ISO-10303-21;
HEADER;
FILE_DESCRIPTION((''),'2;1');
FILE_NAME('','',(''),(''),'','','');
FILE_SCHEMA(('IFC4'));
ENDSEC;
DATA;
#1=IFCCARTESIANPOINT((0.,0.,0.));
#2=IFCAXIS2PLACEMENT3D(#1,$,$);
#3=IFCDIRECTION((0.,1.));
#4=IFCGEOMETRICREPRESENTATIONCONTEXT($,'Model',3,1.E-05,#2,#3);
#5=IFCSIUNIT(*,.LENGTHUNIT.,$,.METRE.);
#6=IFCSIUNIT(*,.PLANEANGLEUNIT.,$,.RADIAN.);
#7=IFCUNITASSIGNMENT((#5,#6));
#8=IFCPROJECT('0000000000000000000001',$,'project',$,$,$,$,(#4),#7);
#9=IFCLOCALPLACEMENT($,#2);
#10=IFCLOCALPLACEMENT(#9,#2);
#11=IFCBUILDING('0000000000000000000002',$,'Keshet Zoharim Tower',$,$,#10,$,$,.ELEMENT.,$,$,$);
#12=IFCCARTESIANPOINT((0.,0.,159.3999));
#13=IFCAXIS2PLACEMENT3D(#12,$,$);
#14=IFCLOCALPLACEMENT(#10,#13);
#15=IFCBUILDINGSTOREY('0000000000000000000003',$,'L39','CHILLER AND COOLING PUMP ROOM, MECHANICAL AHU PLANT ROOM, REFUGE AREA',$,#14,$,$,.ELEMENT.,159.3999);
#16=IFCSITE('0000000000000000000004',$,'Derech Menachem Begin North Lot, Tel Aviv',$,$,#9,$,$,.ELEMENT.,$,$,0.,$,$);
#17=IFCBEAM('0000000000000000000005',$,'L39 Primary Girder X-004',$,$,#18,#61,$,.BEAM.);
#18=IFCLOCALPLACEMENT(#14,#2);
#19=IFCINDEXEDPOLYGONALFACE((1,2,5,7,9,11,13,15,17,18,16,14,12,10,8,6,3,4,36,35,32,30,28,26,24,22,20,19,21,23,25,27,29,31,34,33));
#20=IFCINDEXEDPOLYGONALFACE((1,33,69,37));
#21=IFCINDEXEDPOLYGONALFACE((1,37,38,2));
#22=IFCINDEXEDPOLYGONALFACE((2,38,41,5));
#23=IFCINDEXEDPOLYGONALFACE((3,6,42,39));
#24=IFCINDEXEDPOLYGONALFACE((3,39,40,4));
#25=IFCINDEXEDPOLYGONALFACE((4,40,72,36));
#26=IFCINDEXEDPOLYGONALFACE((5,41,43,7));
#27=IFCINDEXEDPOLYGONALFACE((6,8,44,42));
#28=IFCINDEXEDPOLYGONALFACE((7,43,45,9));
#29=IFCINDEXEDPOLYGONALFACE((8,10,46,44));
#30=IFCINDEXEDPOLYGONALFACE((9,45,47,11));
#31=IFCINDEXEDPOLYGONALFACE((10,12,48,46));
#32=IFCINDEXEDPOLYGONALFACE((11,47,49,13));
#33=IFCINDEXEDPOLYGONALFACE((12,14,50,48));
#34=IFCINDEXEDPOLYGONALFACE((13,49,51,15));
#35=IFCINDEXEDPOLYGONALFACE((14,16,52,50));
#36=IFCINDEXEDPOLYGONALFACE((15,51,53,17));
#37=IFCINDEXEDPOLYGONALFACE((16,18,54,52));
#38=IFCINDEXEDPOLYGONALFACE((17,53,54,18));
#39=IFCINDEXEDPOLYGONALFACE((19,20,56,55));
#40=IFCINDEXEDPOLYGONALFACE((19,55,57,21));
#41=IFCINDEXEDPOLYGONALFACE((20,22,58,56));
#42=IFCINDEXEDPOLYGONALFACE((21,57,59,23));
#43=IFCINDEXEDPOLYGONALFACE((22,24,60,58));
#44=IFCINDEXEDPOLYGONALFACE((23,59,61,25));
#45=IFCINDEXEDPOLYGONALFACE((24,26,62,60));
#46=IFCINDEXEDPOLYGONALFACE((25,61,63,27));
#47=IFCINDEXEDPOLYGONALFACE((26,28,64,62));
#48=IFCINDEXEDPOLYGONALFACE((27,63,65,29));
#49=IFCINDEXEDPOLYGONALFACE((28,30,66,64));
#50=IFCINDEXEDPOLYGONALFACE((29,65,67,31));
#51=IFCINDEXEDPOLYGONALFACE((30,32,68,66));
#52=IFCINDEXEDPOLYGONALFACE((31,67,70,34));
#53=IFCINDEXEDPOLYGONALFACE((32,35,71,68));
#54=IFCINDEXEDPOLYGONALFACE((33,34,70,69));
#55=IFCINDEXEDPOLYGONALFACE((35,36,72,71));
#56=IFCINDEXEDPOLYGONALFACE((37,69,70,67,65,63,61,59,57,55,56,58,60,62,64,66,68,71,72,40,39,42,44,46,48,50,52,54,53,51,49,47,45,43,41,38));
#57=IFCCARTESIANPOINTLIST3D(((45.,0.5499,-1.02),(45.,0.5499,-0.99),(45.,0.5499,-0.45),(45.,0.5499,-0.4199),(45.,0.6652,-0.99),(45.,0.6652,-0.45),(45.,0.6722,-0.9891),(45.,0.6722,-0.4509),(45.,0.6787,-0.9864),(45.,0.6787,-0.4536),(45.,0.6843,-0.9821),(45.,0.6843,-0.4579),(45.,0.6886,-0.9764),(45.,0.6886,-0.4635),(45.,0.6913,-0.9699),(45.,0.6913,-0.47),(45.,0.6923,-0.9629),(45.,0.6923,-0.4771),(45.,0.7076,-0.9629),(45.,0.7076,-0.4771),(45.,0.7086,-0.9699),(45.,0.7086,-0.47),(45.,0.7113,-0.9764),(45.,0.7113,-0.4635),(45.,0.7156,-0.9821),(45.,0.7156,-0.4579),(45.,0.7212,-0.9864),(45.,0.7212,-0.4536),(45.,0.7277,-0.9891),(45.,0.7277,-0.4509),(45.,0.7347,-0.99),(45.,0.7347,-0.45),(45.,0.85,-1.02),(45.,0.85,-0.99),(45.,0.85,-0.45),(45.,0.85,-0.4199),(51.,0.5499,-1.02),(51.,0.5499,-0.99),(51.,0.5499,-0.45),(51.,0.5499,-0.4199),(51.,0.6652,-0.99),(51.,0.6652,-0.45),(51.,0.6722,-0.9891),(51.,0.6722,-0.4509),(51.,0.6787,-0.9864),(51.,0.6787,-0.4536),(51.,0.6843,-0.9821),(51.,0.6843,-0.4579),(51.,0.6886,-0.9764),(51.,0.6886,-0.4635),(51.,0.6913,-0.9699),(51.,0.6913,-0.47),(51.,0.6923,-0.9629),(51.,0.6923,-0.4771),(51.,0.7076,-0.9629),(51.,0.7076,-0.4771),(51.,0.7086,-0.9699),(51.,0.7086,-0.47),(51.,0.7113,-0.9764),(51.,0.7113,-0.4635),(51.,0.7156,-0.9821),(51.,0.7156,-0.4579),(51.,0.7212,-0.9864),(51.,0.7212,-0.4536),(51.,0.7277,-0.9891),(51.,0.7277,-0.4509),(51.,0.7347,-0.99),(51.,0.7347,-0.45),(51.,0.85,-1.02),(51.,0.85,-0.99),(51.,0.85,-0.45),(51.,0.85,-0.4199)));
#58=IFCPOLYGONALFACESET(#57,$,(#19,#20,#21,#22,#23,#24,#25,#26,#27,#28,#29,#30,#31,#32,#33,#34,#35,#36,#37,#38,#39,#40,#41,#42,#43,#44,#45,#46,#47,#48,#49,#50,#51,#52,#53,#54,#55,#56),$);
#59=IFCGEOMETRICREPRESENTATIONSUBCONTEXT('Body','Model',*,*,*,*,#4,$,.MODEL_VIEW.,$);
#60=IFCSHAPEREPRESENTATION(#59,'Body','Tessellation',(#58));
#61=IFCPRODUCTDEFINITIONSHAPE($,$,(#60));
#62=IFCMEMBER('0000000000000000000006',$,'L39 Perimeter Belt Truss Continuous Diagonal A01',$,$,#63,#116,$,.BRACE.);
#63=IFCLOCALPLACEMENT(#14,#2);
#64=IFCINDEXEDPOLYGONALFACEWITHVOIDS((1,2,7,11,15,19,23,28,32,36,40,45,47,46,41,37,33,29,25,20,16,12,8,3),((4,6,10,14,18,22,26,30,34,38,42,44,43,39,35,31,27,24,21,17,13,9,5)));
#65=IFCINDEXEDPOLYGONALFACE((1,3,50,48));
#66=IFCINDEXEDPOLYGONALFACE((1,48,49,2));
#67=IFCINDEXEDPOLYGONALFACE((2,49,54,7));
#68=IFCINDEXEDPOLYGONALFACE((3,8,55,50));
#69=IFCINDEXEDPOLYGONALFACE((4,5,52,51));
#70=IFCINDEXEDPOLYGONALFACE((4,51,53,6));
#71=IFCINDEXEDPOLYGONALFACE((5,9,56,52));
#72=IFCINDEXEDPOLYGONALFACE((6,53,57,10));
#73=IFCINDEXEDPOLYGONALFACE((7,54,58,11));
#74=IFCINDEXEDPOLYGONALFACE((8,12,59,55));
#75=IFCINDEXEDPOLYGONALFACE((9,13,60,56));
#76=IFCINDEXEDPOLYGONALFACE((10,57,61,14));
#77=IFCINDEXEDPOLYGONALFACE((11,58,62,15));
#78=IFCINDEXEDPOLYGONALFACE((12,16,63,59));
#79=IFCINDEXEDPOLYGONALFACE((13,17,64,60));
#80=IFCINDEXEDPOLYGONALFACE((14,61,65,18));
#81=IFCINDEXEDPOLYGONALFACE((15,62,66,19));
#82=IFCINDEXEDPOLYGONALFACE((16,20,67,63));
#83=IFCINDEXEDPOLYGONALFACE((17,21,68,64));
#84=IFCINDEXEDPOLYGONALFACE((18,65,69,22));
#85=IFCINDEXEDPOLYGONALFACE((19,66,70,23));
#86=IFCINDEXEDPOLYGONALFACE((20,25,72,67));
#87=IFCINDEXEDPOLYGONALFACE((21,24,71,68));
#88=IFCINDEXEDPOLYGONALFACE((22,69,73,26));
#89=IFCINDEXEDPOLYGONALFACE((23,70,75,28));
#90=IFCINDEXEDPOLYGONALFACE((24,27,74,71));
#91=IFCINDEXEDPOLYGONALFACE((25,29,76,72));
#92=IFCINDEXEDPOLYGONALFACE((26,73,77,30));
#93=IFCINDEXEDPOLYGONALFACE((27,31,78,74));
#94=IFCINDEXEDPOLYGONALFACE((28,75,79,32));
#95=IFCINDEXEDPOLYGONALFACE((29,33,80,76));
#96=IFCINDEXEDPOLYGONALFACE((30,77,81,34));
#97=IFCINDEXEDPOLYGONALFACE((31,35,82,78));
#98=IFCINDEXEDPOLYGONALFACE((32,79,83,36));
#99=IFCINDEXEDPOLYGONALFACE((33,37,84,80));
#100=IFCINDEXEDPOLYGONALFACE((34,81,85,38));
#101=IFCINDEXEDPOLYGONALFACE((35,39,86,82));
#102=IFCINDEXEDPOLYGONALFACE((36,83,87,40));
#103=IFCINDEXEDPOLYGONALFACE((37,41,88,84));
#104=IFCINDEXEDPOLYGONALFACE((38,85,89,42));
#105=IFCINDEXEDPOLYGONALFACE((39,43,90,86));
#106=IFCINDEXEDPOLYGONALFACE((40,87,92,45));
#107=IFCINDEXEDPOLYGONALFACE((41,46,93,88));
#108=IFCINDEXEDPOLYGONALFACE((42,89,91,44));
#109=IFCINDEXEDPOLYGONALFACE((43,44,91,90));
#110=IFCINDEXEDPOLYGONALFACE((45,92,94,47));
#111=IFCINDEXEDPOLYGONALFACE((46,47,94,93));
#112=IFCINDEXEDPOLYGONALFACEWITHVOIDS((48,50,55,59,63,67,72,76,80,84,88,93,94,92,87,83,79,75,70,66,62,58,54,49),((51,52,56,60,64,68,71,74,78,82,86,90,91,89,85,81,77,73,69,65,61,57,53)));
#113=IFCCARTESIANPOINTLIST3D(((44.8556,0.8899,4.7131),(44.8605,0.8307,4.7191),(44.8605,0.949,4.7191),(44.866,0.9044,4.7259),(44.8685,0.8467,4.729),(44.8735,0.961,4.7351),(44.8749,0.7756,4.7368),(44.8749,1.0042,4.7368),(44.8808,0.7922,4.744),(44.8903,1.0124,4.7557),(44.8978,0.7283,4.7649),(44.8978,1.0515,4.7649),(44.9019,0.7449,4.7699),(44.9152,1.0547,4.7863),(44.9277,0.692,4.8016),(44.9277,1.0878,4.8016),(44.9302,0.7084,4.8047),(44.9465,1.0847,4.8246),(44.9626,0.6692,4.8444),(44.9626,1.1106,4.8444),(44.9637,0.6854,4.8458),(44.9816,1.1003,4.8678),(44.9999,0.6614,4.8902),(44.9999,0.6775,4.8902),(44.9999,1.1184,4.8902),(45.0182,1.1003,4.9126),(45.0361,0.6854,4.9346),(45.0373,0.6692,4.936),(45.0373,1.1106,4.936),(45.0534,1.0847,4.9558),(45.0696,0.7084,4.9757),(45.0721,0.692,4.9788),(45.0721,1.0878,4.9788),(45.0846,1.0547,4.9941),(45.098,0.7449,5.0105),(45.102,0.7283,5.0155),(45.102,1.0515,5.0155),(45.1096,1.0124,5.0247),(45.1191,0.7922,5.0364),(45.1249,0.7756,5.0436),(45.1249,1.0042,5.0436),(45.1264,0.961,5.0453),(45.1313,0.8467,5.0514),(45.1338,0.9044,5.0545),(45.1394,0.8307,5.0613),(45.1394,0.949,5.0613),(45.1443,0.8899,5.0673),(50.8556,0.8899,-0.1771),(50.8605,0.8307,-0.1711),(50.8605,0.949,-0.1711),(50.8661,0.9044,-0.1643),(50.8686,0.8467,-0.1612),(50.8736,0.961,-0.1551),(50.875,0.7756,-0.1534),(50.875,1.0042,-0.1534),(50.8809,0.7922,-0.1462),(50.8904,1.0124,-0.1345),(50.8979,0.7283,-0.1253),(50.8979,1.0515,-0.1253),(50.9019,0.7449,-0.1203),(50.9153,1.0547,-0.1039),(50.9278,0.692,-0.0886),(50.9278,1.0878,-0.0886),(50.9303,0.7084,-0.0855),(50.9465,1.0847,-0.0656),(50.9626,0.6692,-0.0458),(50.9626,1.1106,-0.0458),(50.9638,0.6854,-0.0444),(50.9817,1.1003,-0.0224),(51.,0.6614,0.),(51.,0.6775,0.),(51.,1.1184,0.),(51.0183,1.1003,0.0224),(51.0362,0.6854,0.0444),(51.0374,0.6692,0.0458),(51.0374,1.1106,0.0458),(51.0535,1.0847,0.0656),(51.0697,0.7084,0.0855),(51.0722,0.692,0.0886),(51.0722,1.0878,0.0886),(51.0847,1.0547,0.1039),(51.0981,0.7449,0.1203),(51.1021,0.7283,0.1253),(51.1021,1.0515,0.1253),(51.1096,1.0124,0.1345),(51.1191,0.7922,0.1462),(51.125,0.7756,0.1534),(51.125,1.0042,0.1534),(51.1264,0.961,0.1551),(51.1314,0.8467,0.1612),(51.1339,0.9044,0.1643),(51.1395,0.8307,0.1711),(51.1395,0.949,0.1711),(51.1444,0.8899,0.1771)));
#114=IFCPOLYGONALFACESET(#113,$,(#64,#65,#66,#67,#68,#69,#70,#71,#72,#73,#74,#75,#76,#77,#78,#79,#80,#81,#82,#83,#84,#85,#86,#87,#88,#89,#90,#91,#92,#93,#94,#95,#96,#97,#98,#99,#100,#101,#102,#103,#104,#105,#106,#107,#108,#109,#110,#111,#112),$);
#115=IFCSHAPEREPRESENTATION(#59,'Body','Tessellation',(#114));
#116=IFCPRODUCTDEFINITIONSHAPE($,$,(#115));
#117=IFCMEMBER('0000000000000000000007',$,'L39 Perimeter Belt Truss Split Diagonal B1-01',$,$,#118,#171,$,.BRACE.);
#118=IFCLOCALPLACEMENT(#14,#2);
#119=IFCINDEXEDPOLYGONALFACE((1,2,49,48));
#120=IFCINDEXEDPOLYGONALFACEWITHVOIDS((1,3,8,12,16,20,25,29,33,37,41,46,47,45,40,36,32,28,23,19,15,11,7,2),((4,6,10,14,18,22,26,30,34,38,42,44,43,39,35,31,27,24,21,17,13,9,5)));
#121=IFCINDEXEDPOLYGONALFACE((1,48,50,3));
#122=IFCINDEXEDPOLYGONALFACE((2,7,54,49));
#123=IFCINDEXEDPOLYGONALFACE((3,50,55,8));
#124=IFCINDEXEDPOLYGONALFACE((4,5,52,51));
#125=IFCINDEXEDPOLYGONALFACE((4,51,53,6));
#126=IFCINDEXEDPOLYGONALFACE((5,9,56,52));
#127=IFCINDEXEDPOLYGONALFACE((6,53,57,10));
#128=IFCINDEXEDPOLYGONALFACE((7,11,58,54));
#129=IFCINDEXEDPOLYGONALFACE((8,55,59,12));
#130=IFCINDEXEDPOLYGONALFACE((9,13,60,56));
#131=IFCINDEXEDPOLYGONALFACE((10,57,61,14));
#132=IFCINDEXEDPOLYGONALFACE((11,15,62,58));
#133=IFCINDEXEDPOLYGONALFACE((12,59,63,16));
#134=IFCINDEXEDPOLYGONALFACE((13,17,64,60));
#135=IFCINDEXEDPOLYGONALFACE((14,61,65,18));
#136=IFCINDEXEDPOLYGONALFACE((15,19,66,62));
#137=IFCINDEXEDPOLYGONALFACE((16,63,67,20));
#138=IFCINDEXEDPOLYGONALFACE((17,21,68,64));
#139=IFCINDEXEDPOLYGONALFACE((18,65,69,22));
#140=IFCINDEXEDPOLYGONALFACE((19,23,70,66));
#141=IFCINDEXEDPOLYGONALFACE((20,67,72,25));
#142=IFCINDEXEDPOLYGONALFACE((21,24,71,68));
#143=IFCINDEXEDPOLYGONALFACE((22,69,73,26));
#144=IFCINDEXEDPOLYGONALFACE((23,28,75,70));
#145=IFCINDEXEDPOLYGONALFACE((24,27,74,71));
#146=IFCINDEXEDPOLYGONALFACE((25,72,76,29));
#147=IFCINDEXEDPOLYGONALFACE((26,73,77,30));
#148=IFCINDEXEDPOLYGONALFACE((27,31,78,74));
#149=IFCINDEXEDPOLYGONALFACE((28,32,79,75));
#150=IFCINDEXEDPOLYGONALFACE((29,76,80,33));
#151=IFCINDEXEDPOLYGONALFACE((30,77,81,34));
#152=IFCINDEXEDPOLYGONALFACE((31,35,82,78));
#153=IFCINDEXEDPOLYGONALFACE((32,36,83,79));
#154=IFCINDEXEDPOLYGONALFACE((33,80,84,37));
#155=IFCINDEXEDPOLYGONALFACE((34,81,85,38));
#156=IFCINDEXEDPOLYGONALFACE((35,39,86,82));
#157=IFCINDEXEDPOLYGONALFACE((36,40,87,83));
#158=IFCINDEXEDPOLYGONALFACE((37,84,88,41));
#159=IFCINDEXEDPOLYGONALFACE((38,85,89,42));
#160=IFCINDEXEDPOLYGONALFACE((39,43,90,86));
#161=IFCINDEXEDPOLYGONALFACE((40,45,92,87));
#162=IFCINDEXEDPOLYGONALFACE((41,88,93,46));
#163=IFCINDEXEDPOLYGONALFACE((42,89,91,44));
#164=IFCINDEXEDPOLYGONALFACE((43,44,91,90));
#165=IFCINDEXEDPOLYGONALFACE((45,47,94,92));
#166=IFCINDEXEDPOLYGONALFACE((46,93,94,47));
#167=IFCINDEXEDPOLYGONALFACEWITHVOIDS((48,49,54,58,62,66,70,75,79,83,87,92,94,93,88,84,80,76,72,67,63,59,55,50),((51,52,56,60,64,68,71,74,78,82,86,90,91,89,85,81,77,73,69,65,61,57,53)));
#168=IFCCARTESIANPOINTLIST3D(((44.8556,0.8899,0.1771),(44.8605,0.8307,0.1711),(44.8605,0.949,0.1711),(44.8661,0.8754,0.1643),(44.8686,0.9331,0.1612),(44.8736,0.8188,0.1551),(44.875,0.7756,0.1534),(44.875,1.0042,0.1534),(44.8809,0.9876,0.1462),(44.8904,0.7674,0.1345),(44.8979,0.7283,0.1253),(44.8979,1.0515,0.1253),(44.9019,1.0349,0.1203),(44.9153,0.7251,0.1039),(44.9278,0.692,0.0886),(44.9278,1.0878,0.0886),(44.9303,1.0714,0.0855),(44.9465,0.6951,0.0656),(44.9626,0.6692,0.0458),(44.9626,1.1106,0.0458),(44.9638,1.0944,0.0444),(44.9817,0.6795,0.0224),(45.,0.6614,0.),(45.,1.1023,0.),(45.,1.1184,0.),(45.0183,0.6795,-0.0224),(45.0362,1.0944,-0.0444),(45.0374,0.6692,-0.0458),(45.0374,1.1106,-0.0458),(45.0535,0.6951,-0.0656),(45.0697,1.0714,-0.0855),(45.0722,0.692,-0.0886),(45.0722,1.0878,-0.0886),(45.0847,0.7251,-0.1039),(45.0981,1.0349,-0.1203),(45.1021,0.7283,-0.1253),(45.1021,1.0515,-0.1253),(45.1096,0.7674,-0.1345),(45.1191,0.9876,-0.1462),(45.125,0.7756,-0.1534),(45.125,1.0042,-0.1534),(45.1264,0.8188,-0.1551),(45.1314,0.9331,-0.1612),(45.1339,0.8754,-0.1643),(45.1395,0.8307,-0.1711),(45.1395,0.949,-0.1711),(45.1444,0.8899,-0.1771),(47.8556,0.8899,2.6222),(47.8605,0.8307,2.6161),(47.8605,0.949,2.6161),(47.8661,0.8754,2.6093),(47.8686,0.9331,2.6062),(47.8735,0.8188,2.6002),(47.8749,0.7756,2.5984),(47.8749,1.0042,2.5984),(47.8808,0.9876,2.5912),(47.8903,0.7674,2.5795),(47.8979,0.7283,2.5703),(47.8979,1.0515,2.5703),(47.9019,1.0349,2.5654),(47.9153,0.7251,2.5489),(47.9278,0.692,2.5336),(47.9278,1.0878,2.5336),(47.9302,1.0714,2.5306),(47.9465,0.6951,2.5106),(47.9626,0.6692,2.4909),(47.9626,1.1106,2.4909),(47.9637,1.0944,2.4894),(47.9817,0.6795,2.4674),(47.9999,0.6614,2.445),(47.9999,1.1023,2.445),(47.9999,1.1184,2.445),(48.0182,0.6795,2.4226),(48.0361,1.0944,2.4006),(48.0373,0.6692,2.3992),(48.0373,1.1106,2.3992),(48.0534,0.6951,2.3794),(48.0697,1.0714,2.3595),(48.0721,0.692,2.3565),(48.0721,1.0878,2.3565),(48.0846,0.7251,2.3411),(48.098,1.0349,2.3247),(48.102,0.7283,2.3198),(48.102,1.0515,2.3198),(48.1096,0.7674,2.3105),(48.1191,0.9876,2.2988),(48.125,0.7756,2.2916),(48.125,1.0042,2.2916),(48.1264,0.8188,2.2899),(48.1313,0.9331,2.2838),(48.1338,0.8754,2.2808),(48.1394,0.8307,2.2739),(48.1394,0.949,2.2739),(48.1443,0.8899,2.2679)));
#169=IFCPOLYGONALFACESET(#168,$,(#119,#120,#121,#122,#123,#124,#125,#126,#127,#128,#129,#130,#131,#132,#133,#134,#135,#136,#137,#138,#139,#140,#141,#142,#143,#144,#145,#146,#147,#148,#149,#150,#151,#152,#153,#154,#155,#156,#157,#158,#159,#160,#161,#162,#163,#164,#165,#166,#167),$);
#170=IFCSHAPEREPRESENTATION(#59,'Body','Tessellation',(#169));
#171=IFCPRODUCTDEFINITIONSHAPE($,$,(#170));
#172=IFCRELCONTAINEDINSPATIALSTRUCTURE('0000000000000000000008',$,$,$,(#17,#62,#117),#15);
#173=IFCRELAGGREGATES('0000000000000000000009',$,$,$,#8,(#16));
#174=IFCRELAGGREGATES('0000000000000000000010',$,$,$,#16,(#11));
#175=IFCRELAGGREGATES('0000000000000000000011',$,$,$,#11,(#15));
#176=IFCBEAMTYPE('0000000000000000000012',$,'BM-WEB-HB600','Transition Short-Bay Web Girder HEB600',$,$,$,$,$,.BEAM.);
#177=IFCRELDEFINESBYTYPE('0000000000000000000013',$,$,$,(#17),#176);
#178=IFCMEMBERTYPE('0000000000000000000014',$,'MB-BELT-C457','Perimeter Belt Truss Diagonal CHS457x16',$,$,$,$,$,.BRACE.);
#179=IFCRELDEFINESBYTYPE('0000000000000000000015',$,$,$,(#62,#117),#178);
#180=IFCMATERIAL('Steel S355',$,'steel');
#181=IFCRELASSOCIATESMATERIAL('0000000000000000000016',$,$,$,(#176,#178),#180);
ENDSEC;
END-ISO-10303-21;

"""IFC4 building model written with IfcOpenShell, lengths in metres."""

from ifc_helpers import new_model, si_unit, direction, frame, origin, origin_2d, place, context, subcontext, project, spatial, hollow_circle, i_section, extrude, material, material_profile, profile_set, type_object, element, save


model = new_model("IFC4")

# Units and contexts
model_context = context("Model", 3, precision=1e-05, world=origin(), true_north=direction((0.0, 1.0)))
body_context = subcontext(model_context, "Body", "Model", "MODEL_VIEW")
ifc_project = project(units=[si_unit("LENGTHUNIT", "METRE"), si_unit("PLANEANGLEUNIT", "RADIAN")], contexts=[model_context])

# Site, building, storey
site_placement = place(None, origin())
site = spatial("IfcSite", under=ifc_project, at=site_placement, Name="Derech Menachem Begin North Lot, Tel Aviv", CompositionType="ELEMENT", RefElevation=0.0)
building_placement = place(site_placement, origin())
building = spatial("IfcBuilding", under=site, at=building_placement, Name="Keshet Zoharim Tower", CompositionType="ELEMENT")
storey_placement = place(building_placement, frame((0.0, 0.0, 159.3999)))
storey = spatial("IfcBuildingStorey", under=building, at=storey_placement, Name="L39", Description="CHILLER AND COOLING PUMP ROOM, MECHANICAL AHU PLANT ROOM, REFUGE AREA", CompositionType="ELEMENT", Elevation=159.3999)

# Shared definitions
ifc_material_1 = material(Name="Steel S355", Category="steel")

# Beam
ifc_material_profile_1 = material_profile(ifc_material_1, i_section(OverallWidth=0.3, OverallDepth=0.6001, WebThickness=0.0154, FlangeThickness=0.03, FilletRadius=0.0271, at=origin_2d()), Name="HEB600")
ifc_profile_set_1 = profile_set([ifc_material_profile_1], Name="Steel S355")
beam_type_1 = type_object("IfcBeamType", Name="BM-WEB-HB600", Description="Transition Short-Bay Web Girder HEB600", PredefinedType="BEAM", material=ifc_profile_set_1)
beam_1_placement = place(storey_placement, frame((45.0, 0.7, -0.72), z_axis=(1.0, 0.0, 0.0), x_axis=(0.0, 1.0, 0.0)))
element("IfcBeam", 1, at=beam_1_placement, inside=storey, type_object=beam_type_1, Name="L39 Primary Girder X-004", PredefinedType="BEAM", context=body_context, shape_type="SweptSolid", body=[
    extrude(i_section(OverallWidth=0.3, OverallDepth=0.6001, WebThickness=0.0154, FlangeThickness=0.03, FilletRadius=0.0271, at=origin_2d()), origin(), (0.0, 0.0, 1.0), 6.0),
])

# Members
ifc_material_profile_2 = material_profile(ifc_material_1, hollow_circle(Radius=0.2285, WallThickness=0.0161, at=origin_2d()), Name="CHS457x16")
ifc_profile_set_2 = profile_set([ifc_material_profile_2], Name="Steel S355")
member_type_1 = type_object("IfcMemberType", Name="MB-BELT-C457", Description="Perimeter Belt Truss Diagonal CHS457x16", PredefinedType="BRACE", material=ifc_profile_set_2)
member_1_placement = place(storey_placement, frame((51.0, 0.8899, 0.0), z_axis=(-0.775156, 0.0, 0.63177), x_axis=(0.0, -1.0, 0.0)))
element("IfcMember", 2, at=member_1_placement, inside=storey, type_object=member_type_1, Name="L39 Perimeter Belt Truss Continuous Diagonal A01", PredefinedType="BRACE", context=body_context, shape_type="SweptSolid", body=[
    extrude(hollow_circle(Radius=0.2285, WallThickness=0.0161, at=origin_2d()), origin(), (0.0, 0.0, 1.0), 7.7405),
])
for number, where, z_axis, x_axis, name in (
    (3, (45.0, 0.8899, 0.0), (0.775156, 0.0, 0.63177), (0.0, 1.0, 0.0), "L39 Perimeter Belt Truss Split Diagonal B1-01"),
):
    element("IfcMember", number, at=place(storey_placement, frame(where, z_axis=z_axis, x_axis=x_axis)), inside=storey, type_object=member_type_1, Name=name, PredefinedType="BRACE", context=body_context, shape_type="SweptSolid", body=[
        extrude(hollow_circle(Radius=0.2285, WallThickness=0.0161, at=origin_2d()), origin(), (0.0, 0.0, 1.0), 3.8701),
    ])

save(model, "model.ifc")
